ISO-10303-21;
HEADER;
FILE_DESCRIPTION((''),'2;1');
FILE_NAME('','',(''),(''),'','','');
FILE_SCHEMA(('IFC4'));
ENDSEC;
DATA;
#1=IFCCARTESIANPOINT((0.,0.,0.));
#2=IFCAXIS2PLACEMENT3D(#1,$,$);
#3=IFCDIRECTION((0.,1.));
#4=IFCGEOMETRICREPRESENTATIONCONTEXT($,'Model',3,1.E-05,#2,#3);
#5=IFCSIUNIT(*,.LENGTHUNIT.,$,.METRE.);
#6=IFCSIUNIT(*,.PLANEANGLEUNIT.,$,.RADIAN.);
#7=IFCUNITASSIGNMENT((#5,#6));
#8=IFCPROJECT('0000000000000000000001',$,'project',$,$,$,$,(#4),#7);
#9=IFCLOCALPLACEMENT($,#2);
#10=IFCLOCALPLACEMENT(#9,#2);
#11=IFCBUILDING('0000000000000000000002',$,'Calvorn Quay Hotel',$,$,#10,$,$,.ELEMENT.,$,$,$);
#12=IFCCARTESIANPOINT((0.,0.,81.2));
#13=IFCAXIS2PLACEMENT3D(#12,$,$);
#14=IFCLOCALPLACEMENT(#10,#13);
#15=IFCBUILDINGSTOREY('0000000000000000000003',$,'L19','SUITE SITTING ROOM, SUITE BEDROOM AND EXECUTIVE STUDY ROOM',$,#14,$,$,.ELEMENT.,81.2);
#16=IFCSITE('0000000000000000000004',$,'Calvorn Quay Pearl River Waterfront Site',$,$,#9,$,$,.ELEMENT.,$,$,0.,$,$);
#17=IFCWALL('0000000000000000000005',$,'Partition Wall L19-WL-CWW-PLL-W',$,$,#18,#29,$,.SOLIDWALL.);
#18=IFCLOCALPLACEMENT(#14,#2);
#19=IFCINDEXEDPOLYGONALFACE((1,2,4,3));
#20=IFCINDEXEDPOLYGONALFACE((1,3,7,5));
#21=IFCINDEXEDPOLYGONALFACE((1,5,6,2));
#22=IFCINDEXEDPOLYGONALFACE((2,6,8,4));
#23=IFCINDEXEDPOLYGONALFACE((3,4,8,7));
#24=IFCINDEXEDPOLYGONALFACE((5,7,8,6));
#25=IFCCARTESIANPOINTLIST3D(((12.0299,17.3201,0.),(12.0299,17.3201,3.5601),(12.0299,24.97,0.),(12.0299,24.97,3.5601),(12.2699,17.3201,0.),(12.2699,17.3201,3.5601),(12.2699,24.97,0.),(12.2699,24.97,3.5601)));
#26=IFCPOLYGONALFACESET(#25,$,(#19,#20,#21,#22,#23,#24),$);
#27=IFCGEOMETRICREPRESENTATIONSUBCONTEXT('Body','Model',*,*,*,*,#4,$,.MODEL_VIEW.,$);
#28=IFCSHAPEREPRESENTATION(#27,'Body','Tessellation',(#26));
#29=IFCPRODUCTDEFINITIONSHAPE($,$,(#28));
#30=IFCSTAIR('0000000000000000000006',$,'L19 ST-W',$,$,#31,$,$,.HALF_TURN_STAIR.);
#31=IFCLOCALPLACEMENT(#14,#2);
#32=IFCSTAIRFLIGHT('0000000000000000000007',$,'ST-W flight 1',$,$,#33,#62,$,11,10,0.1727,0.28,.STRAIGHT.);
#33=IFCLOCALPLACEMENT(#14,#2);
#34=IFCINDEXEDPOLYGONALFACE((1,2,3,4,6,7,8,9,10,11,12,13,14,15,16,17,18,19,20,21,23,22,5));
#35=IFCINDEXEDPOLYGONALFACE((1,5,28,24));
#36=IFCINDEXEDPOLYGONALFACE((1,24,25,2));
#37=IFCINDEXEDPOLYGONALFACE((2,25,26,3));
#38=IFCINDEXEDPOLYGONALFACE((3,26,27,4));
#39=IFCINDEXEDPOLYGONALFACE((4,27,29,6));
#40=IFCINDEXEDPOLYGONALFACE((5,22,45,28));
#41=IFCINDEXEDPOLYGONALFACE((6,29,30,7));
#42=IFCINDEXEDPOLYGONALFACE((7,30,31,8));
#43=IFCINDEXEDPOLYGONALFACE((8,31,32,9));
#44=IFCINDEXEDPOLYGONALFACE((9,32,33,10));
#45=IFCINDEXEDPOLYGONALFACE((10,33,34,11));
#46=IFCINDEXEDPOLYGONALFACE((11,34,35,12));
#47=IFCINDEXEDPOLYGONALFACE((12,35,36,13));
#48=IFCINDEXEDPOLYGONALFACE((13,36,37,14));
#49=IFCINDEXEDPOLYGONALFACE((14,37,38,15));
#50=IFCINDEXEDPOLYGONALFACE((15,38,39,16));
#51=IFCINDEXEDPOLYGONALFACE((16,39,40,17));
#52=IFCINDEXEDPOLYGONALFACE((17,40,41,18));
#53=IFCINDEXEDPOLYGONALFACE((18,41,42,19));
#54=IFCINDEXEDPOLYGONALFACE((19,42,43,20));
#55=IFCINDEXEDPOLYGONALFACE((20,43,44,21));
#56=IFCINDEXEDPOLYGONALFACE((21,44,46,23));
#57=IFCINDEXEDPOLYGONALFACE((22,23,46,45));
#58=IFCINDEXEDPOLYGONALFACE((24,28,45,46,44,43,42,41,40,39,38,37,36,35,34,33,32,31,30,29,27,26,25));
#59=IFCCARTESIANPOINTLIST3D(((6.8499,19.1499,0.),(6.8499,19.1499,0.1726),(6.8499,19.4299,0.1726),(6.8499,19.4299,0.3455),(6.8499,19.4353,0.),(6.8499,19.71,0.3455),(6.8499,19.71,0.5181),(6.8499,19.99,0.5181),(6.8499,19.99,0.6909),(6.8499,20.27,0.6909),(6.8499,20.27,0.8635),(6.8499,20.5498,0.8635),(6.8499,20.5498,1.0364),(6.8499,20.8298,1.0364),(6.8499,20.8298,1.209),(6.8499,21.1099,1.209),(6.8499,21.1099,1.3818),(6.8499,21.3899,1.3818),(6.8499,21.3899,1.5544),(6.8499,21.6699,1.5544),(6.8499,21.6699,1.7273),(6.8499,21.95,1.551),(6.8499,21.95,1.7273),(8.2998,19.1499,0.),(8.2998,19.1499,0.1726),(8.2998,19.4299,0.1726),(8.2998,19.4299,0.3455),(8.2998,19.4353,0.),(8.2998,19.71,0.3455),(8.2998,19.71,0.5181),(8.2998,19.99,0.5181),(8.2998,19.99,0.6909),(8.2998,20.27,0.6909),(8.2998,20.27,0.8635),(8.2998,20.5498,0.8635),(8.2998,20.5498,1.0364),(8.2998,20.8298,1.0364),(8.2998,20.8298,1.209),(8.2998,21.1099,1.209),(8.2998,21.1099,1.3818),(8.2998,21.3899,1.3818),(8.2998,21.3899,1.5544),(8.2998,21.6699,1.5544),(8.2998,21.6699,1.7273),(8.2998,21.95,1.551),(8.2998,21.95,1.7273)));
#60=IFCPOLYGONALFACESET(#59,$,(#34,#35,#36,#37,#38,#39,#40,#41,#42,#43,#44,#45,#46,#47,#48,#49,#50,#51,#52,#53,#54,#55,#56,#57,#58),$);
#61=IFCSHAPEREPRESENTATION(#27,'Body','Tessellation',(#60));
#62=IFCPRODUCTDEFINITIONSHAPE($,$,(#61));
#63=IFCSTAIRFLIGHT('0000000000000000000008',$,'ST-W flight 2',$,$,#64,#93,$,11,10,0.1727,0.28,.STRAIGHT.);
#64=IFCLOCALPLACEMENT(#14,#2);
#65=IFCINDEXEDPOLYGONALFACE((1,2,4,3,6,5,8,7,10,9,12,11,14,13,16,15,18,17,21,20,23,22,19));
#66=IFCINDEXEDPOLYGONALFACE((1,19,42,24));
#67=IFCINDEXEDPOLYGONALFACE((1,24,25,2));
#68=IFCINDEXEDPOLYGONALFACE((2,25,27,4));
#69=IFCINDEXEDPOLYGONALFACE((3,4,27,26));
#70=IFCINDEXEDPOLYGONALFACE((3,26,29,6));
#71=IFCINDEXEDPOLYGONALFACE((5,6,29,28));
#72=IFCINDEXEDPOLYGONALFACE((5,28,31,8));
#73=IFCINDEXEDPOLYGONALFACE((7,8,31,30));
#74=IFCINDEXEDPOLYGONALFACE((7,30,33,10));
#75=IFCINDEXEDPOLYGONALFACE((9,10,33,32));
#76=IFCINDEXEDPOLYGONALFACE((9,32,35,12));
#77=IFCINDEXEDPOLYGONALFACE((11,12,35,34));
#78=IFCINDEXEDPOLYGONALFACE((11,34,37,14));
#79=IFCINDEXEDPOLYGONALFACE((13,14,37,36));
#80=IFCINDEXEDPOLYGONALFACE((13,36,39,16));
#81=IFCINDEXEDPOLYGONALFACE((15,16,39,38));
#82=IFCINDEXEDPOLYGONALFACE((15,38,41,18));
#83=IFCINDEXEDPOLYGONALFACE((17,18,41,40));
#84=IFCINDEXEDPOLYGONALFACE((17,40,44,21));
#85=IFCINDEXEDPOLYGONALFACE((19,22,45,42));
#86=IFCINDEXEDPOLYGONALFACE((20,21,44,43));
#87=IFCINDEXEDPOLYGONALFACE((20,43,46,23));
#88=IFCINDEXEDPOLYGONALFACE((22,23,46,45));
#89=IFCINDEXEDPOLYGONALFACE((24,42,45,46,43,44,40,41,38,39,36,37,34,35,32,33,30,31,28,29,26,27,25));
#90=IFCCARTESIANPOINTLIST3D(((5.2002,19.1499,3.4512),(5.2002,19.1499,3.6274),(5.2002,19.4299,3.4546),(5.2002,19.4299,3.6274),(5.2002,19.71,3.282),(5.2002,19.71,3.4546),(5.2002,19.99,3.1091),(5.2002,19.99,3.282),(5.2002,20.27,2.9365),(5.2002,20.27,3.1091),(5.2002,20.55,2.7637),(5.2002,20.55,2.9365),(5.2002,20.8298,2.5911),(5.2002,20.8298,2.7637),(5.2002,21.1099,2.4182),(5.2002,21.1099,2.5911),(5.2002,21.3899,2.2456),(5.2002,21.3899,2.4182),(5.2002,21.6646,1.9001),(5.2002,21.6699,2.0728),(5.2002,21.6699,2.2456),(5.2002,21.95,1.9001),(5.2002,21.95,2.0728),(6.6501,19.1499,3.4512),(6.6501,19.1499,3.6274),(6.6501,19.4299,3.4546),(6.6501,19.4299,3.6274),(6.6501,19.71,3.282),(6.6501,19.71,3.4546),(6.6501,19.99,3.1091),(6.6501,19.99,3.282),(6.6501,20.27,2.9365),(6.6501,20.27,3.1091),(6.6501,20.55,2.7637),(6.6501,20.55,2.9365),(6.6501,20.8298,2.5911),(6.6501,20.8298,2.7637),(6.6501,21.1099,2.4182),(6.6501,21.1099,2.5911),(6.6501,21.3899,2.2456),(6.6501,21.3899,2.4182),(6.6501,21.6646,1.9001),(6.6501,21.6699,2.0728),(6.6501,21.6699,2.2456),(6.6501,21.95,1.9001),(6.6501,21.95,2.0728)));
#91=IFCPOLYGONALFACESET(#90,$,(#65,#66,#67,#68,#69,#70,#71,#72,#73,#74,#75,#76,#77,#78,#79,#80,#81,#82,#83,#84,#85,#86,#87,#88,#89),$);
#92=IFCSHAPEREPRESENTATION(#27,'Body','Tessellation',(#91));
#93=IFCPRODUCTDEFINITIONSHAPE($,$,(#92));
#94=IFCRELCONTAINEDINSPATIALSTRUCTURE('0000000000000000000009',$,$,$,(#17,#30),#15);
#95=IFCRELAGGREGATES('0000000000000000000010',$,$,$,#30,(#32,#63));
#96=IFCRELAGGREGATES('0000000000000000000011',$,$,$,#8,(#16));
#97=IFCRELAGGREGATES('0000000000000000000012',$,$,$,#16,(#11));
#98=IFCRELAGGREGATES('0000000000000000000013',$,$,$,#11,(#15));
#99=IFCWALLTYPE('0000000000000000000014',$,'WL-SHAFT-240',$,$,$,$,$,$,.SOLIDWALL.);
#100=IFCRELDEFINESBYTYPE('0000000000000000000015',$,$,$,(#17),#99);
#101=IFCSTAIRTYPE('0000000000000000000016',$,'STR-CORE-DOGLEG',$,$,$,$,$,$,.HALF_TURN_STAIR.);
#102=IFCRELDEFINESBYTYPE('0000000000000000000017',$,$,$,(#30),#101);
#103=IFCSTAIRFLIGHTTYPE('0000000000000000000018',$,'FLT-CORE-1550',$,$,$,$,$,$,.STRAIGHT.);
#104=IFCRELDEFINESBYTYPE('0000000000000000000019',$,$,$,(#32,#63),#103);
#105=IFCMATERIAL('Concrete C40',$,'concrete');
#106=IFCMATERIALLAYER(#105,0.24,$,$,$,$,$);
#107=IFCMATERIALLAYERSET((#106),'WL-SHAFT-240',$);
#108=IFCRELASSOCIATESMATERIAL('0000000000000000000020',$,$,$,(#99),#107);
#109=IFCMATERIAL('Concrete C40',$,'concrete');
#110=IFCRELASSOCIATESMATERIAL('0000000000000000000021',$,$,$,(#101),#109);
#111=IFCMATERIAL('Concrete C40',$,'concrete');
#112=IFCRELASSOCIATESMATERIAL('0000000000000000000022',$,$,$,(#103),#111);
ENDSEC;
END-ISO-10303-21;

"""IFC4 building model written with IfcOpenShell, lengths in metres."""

from ifc_helpers import new_model, si_unit, direction, frame, frame_2d, origin, place, context, subcontext, project, spatial, polyline, rectangle, outline, extrude, material, layer, layer_set, type_object, element, aggregate, save


model = new_model("IFC4")

# Units and contexts
model_context = context("Model", 3, precision=1e-05, world=origin(), true_north=direction((0.0, 1.0)))
body_context = subcontext(model_context, "Body", "Model", "MODEL_VIEW")
ifc_project = project(units=[si_unit("LENGTHUNIT", "METRE"), si_unit("PLANEANGLEUNIT", "RADIAN")], contexts=[model_context])

# Site, building, storey
site_placement = place(None, origin())
site = spatial("IfcSite", under=ifc_project, at=site_placement, Name="Calvorn Quay Pearl River Waterfront Site", CompositionType="ELEMENT", RefElevation=0.0)
building_placement = place(site_placement, origin())
building = spatial("IfcBuilding", under=site, at=building_placement, Name="Calvorn Quay Hotel", CompositionType="ELEMENT")
storey_placement = place(building_placement, frame((0.0, 0.0, 81.2)))
storey = spatial("IfcBuildingStorey", under=building, at=storey_placement, Name="L19", Description="SUITE SITTING ROOM, SUITE BEDROOM AND EXECUTIVE STUDY ROOM", CompositionType="ELEMENT", Elevation=81.2)

# Shared definitions
ifc_material_1 = material(Name="Concrete C40", Category="concrete")
ifc_layer_1 = layer(ifc_material_1, 0.24)
ifc_layer_set_1 = layer_set([ifc_layer_1], Name="WL-SHAFT-240")
wall_type_1 = type_object("IfcWallType", Name="WL-SHAFT-240", PredefinedType="SOLIDWALL", material=ifc_layer_set_1)

# Wall
wall_1_placement = place(storey_placement, frame((12.1499, 17.3201, 0.0), z_axis=(0.0, 0.0, 1.0), x_axis=(0.0, 1.0, 0.0)))
element("IfcWall", 1, at=wall_1_placement, inside=storey, type_object=wall_type_1, Name="Partition Wall L19-WL-CWW-PLL-W", PredefinedType="SOLIDWALL", context=body_context, shape_type="SweptSolid", body=[
    extrude(rectangle(XDim=7.6499, YDim=0.24, at=frame_2d((3.825, 0.0))), origin(), (0.0, 0.0, 1.0), 3.5601),
])

# Stair, stair flights
ifc_material_2 = material(Name="Concrete C40", Category="concrete")
stair_type = type_object("IfcStairType", Name="STR-CORE-DOGLEG", PredefinedType="HALF_TURN_STAIR", material=ifc_material_2)
stair_placement = place(storey_placement, origin())
stair = element("IfcStair", 2, at=stair_placement, inside=storey, type_object=stair_type, Name="L19 ST-W", PredefinedType="HALF_TURN_STAIR")
ifc_material_3 = material(Name="Concrete C40", Category="concrete")
stair_flight_type = type_object("IfcStairFlightType", Name="FLT-CORE-1550", PredefinedType="STRAIGHT", material=ifc_material_3)
stair_flight_1_placement = place(storey_placement, frame((7.575, 19.1499, 0.0), z_axis=(0.0, 0.0, 1.0), x_axis=(0.0, 1.0, 0.0)))
stair_flight_1 = element("IfcStairFlight", 3, at=stair_flight_1_placement, type_object=stair_flight_type, Name="ST-W flight 1", NumberOfRisers=11, NumberOfTreads=10, PredefinedType="STRAIGHT", RiserHeight=0.1727, TreadLength=0.28, context=body_context, shape_type="SweptSolid", body=[
    extrude(outline(polyline([(0.0, 0.0), (0.0, 0.1726), (0.28, 0.1726), (0.28, 0.3455), (0.5601, 0.3455), (0.5601, 0.5181), (0.8401, 0.5181), (0.8401, 0.6909), (1.1201, 0.6909), (1.1201, 0.8635), (1.3999, 0.8635), (1.3999, 1.0364), (1.6799, 1.0364), (1.6799, 1.209), (1.96, 1.209), (1.96, 1.3818), (2.24, 1.3818), (2.24, 1.5544), (2.52, 1.5544), (2.52, 1.7273), (2.8, 1.7273), (2.8, 1.8999), (2.8, 1.551), (0.2854, 0.0), (0.0, 0.0)])), frame((0.0, 0.7251, 0.0), z_axis=(0.0, -1.0, 0.0), x_axis=(1.0, 0.0, 0.0)), (0.0, 0.0, 1.0), 1.45),
])
stair_flight_2_placement = place(storey_placement, frame((5.925, 21.95, 1.9001), z_axis=(0.0, 0.0, 1.0), x_axis=(0.0, -1.0, 0.0)))
stair_flight_2 = element("IfcStairFlight", 4, at=stair_flight_2_placement, type_object=stair_flight_type, Name="ST-W flight 2", NumberOfRisers=11, NumberOfTreads=10, PredefinedType="STRAIGHT", RiserHeight=0.1727, TreadLength=0.28, context=body_context, shape_type="SweptSolid", body=[
    extrude(outline(polyline([(0.0, 0.0), (0.0, 0.1726), (0.28, 0.1726), (0.28, 0.3455), (0.5601, 0.3455), (0.5601, 0.5181), (0.8401, 0.5181), (0.8401, 0.6909), (1.1201, 0.6909), (1.1201, 0.8635), (1.3999, 0.8635), (1.3999, 1.0364), (1.6799, 1.0364), (1.6799, 1.209), (1.96, 1.209), (1.96, 1.3818), (2.24, 1.3818), (2.24, 1.5544), (2.52, 1.5544), (2.52, 1.7273), (2.8, 1.7273), (2.8, 1.8999), (2.8, 1.551), (0.2854, 0.0), (0.0, 0.0)])), frame((0.0, 0.7251, 0.0), z_axis=(0.0, -1.0, 0.0), x_axis=(1.0, 0.0, 0.0)), (0.0, 0.0, 1.0), 1.45),
])
aggregate(stair, [stair_flight_1, stair_flight_2])

save(model, "model.ifc")
